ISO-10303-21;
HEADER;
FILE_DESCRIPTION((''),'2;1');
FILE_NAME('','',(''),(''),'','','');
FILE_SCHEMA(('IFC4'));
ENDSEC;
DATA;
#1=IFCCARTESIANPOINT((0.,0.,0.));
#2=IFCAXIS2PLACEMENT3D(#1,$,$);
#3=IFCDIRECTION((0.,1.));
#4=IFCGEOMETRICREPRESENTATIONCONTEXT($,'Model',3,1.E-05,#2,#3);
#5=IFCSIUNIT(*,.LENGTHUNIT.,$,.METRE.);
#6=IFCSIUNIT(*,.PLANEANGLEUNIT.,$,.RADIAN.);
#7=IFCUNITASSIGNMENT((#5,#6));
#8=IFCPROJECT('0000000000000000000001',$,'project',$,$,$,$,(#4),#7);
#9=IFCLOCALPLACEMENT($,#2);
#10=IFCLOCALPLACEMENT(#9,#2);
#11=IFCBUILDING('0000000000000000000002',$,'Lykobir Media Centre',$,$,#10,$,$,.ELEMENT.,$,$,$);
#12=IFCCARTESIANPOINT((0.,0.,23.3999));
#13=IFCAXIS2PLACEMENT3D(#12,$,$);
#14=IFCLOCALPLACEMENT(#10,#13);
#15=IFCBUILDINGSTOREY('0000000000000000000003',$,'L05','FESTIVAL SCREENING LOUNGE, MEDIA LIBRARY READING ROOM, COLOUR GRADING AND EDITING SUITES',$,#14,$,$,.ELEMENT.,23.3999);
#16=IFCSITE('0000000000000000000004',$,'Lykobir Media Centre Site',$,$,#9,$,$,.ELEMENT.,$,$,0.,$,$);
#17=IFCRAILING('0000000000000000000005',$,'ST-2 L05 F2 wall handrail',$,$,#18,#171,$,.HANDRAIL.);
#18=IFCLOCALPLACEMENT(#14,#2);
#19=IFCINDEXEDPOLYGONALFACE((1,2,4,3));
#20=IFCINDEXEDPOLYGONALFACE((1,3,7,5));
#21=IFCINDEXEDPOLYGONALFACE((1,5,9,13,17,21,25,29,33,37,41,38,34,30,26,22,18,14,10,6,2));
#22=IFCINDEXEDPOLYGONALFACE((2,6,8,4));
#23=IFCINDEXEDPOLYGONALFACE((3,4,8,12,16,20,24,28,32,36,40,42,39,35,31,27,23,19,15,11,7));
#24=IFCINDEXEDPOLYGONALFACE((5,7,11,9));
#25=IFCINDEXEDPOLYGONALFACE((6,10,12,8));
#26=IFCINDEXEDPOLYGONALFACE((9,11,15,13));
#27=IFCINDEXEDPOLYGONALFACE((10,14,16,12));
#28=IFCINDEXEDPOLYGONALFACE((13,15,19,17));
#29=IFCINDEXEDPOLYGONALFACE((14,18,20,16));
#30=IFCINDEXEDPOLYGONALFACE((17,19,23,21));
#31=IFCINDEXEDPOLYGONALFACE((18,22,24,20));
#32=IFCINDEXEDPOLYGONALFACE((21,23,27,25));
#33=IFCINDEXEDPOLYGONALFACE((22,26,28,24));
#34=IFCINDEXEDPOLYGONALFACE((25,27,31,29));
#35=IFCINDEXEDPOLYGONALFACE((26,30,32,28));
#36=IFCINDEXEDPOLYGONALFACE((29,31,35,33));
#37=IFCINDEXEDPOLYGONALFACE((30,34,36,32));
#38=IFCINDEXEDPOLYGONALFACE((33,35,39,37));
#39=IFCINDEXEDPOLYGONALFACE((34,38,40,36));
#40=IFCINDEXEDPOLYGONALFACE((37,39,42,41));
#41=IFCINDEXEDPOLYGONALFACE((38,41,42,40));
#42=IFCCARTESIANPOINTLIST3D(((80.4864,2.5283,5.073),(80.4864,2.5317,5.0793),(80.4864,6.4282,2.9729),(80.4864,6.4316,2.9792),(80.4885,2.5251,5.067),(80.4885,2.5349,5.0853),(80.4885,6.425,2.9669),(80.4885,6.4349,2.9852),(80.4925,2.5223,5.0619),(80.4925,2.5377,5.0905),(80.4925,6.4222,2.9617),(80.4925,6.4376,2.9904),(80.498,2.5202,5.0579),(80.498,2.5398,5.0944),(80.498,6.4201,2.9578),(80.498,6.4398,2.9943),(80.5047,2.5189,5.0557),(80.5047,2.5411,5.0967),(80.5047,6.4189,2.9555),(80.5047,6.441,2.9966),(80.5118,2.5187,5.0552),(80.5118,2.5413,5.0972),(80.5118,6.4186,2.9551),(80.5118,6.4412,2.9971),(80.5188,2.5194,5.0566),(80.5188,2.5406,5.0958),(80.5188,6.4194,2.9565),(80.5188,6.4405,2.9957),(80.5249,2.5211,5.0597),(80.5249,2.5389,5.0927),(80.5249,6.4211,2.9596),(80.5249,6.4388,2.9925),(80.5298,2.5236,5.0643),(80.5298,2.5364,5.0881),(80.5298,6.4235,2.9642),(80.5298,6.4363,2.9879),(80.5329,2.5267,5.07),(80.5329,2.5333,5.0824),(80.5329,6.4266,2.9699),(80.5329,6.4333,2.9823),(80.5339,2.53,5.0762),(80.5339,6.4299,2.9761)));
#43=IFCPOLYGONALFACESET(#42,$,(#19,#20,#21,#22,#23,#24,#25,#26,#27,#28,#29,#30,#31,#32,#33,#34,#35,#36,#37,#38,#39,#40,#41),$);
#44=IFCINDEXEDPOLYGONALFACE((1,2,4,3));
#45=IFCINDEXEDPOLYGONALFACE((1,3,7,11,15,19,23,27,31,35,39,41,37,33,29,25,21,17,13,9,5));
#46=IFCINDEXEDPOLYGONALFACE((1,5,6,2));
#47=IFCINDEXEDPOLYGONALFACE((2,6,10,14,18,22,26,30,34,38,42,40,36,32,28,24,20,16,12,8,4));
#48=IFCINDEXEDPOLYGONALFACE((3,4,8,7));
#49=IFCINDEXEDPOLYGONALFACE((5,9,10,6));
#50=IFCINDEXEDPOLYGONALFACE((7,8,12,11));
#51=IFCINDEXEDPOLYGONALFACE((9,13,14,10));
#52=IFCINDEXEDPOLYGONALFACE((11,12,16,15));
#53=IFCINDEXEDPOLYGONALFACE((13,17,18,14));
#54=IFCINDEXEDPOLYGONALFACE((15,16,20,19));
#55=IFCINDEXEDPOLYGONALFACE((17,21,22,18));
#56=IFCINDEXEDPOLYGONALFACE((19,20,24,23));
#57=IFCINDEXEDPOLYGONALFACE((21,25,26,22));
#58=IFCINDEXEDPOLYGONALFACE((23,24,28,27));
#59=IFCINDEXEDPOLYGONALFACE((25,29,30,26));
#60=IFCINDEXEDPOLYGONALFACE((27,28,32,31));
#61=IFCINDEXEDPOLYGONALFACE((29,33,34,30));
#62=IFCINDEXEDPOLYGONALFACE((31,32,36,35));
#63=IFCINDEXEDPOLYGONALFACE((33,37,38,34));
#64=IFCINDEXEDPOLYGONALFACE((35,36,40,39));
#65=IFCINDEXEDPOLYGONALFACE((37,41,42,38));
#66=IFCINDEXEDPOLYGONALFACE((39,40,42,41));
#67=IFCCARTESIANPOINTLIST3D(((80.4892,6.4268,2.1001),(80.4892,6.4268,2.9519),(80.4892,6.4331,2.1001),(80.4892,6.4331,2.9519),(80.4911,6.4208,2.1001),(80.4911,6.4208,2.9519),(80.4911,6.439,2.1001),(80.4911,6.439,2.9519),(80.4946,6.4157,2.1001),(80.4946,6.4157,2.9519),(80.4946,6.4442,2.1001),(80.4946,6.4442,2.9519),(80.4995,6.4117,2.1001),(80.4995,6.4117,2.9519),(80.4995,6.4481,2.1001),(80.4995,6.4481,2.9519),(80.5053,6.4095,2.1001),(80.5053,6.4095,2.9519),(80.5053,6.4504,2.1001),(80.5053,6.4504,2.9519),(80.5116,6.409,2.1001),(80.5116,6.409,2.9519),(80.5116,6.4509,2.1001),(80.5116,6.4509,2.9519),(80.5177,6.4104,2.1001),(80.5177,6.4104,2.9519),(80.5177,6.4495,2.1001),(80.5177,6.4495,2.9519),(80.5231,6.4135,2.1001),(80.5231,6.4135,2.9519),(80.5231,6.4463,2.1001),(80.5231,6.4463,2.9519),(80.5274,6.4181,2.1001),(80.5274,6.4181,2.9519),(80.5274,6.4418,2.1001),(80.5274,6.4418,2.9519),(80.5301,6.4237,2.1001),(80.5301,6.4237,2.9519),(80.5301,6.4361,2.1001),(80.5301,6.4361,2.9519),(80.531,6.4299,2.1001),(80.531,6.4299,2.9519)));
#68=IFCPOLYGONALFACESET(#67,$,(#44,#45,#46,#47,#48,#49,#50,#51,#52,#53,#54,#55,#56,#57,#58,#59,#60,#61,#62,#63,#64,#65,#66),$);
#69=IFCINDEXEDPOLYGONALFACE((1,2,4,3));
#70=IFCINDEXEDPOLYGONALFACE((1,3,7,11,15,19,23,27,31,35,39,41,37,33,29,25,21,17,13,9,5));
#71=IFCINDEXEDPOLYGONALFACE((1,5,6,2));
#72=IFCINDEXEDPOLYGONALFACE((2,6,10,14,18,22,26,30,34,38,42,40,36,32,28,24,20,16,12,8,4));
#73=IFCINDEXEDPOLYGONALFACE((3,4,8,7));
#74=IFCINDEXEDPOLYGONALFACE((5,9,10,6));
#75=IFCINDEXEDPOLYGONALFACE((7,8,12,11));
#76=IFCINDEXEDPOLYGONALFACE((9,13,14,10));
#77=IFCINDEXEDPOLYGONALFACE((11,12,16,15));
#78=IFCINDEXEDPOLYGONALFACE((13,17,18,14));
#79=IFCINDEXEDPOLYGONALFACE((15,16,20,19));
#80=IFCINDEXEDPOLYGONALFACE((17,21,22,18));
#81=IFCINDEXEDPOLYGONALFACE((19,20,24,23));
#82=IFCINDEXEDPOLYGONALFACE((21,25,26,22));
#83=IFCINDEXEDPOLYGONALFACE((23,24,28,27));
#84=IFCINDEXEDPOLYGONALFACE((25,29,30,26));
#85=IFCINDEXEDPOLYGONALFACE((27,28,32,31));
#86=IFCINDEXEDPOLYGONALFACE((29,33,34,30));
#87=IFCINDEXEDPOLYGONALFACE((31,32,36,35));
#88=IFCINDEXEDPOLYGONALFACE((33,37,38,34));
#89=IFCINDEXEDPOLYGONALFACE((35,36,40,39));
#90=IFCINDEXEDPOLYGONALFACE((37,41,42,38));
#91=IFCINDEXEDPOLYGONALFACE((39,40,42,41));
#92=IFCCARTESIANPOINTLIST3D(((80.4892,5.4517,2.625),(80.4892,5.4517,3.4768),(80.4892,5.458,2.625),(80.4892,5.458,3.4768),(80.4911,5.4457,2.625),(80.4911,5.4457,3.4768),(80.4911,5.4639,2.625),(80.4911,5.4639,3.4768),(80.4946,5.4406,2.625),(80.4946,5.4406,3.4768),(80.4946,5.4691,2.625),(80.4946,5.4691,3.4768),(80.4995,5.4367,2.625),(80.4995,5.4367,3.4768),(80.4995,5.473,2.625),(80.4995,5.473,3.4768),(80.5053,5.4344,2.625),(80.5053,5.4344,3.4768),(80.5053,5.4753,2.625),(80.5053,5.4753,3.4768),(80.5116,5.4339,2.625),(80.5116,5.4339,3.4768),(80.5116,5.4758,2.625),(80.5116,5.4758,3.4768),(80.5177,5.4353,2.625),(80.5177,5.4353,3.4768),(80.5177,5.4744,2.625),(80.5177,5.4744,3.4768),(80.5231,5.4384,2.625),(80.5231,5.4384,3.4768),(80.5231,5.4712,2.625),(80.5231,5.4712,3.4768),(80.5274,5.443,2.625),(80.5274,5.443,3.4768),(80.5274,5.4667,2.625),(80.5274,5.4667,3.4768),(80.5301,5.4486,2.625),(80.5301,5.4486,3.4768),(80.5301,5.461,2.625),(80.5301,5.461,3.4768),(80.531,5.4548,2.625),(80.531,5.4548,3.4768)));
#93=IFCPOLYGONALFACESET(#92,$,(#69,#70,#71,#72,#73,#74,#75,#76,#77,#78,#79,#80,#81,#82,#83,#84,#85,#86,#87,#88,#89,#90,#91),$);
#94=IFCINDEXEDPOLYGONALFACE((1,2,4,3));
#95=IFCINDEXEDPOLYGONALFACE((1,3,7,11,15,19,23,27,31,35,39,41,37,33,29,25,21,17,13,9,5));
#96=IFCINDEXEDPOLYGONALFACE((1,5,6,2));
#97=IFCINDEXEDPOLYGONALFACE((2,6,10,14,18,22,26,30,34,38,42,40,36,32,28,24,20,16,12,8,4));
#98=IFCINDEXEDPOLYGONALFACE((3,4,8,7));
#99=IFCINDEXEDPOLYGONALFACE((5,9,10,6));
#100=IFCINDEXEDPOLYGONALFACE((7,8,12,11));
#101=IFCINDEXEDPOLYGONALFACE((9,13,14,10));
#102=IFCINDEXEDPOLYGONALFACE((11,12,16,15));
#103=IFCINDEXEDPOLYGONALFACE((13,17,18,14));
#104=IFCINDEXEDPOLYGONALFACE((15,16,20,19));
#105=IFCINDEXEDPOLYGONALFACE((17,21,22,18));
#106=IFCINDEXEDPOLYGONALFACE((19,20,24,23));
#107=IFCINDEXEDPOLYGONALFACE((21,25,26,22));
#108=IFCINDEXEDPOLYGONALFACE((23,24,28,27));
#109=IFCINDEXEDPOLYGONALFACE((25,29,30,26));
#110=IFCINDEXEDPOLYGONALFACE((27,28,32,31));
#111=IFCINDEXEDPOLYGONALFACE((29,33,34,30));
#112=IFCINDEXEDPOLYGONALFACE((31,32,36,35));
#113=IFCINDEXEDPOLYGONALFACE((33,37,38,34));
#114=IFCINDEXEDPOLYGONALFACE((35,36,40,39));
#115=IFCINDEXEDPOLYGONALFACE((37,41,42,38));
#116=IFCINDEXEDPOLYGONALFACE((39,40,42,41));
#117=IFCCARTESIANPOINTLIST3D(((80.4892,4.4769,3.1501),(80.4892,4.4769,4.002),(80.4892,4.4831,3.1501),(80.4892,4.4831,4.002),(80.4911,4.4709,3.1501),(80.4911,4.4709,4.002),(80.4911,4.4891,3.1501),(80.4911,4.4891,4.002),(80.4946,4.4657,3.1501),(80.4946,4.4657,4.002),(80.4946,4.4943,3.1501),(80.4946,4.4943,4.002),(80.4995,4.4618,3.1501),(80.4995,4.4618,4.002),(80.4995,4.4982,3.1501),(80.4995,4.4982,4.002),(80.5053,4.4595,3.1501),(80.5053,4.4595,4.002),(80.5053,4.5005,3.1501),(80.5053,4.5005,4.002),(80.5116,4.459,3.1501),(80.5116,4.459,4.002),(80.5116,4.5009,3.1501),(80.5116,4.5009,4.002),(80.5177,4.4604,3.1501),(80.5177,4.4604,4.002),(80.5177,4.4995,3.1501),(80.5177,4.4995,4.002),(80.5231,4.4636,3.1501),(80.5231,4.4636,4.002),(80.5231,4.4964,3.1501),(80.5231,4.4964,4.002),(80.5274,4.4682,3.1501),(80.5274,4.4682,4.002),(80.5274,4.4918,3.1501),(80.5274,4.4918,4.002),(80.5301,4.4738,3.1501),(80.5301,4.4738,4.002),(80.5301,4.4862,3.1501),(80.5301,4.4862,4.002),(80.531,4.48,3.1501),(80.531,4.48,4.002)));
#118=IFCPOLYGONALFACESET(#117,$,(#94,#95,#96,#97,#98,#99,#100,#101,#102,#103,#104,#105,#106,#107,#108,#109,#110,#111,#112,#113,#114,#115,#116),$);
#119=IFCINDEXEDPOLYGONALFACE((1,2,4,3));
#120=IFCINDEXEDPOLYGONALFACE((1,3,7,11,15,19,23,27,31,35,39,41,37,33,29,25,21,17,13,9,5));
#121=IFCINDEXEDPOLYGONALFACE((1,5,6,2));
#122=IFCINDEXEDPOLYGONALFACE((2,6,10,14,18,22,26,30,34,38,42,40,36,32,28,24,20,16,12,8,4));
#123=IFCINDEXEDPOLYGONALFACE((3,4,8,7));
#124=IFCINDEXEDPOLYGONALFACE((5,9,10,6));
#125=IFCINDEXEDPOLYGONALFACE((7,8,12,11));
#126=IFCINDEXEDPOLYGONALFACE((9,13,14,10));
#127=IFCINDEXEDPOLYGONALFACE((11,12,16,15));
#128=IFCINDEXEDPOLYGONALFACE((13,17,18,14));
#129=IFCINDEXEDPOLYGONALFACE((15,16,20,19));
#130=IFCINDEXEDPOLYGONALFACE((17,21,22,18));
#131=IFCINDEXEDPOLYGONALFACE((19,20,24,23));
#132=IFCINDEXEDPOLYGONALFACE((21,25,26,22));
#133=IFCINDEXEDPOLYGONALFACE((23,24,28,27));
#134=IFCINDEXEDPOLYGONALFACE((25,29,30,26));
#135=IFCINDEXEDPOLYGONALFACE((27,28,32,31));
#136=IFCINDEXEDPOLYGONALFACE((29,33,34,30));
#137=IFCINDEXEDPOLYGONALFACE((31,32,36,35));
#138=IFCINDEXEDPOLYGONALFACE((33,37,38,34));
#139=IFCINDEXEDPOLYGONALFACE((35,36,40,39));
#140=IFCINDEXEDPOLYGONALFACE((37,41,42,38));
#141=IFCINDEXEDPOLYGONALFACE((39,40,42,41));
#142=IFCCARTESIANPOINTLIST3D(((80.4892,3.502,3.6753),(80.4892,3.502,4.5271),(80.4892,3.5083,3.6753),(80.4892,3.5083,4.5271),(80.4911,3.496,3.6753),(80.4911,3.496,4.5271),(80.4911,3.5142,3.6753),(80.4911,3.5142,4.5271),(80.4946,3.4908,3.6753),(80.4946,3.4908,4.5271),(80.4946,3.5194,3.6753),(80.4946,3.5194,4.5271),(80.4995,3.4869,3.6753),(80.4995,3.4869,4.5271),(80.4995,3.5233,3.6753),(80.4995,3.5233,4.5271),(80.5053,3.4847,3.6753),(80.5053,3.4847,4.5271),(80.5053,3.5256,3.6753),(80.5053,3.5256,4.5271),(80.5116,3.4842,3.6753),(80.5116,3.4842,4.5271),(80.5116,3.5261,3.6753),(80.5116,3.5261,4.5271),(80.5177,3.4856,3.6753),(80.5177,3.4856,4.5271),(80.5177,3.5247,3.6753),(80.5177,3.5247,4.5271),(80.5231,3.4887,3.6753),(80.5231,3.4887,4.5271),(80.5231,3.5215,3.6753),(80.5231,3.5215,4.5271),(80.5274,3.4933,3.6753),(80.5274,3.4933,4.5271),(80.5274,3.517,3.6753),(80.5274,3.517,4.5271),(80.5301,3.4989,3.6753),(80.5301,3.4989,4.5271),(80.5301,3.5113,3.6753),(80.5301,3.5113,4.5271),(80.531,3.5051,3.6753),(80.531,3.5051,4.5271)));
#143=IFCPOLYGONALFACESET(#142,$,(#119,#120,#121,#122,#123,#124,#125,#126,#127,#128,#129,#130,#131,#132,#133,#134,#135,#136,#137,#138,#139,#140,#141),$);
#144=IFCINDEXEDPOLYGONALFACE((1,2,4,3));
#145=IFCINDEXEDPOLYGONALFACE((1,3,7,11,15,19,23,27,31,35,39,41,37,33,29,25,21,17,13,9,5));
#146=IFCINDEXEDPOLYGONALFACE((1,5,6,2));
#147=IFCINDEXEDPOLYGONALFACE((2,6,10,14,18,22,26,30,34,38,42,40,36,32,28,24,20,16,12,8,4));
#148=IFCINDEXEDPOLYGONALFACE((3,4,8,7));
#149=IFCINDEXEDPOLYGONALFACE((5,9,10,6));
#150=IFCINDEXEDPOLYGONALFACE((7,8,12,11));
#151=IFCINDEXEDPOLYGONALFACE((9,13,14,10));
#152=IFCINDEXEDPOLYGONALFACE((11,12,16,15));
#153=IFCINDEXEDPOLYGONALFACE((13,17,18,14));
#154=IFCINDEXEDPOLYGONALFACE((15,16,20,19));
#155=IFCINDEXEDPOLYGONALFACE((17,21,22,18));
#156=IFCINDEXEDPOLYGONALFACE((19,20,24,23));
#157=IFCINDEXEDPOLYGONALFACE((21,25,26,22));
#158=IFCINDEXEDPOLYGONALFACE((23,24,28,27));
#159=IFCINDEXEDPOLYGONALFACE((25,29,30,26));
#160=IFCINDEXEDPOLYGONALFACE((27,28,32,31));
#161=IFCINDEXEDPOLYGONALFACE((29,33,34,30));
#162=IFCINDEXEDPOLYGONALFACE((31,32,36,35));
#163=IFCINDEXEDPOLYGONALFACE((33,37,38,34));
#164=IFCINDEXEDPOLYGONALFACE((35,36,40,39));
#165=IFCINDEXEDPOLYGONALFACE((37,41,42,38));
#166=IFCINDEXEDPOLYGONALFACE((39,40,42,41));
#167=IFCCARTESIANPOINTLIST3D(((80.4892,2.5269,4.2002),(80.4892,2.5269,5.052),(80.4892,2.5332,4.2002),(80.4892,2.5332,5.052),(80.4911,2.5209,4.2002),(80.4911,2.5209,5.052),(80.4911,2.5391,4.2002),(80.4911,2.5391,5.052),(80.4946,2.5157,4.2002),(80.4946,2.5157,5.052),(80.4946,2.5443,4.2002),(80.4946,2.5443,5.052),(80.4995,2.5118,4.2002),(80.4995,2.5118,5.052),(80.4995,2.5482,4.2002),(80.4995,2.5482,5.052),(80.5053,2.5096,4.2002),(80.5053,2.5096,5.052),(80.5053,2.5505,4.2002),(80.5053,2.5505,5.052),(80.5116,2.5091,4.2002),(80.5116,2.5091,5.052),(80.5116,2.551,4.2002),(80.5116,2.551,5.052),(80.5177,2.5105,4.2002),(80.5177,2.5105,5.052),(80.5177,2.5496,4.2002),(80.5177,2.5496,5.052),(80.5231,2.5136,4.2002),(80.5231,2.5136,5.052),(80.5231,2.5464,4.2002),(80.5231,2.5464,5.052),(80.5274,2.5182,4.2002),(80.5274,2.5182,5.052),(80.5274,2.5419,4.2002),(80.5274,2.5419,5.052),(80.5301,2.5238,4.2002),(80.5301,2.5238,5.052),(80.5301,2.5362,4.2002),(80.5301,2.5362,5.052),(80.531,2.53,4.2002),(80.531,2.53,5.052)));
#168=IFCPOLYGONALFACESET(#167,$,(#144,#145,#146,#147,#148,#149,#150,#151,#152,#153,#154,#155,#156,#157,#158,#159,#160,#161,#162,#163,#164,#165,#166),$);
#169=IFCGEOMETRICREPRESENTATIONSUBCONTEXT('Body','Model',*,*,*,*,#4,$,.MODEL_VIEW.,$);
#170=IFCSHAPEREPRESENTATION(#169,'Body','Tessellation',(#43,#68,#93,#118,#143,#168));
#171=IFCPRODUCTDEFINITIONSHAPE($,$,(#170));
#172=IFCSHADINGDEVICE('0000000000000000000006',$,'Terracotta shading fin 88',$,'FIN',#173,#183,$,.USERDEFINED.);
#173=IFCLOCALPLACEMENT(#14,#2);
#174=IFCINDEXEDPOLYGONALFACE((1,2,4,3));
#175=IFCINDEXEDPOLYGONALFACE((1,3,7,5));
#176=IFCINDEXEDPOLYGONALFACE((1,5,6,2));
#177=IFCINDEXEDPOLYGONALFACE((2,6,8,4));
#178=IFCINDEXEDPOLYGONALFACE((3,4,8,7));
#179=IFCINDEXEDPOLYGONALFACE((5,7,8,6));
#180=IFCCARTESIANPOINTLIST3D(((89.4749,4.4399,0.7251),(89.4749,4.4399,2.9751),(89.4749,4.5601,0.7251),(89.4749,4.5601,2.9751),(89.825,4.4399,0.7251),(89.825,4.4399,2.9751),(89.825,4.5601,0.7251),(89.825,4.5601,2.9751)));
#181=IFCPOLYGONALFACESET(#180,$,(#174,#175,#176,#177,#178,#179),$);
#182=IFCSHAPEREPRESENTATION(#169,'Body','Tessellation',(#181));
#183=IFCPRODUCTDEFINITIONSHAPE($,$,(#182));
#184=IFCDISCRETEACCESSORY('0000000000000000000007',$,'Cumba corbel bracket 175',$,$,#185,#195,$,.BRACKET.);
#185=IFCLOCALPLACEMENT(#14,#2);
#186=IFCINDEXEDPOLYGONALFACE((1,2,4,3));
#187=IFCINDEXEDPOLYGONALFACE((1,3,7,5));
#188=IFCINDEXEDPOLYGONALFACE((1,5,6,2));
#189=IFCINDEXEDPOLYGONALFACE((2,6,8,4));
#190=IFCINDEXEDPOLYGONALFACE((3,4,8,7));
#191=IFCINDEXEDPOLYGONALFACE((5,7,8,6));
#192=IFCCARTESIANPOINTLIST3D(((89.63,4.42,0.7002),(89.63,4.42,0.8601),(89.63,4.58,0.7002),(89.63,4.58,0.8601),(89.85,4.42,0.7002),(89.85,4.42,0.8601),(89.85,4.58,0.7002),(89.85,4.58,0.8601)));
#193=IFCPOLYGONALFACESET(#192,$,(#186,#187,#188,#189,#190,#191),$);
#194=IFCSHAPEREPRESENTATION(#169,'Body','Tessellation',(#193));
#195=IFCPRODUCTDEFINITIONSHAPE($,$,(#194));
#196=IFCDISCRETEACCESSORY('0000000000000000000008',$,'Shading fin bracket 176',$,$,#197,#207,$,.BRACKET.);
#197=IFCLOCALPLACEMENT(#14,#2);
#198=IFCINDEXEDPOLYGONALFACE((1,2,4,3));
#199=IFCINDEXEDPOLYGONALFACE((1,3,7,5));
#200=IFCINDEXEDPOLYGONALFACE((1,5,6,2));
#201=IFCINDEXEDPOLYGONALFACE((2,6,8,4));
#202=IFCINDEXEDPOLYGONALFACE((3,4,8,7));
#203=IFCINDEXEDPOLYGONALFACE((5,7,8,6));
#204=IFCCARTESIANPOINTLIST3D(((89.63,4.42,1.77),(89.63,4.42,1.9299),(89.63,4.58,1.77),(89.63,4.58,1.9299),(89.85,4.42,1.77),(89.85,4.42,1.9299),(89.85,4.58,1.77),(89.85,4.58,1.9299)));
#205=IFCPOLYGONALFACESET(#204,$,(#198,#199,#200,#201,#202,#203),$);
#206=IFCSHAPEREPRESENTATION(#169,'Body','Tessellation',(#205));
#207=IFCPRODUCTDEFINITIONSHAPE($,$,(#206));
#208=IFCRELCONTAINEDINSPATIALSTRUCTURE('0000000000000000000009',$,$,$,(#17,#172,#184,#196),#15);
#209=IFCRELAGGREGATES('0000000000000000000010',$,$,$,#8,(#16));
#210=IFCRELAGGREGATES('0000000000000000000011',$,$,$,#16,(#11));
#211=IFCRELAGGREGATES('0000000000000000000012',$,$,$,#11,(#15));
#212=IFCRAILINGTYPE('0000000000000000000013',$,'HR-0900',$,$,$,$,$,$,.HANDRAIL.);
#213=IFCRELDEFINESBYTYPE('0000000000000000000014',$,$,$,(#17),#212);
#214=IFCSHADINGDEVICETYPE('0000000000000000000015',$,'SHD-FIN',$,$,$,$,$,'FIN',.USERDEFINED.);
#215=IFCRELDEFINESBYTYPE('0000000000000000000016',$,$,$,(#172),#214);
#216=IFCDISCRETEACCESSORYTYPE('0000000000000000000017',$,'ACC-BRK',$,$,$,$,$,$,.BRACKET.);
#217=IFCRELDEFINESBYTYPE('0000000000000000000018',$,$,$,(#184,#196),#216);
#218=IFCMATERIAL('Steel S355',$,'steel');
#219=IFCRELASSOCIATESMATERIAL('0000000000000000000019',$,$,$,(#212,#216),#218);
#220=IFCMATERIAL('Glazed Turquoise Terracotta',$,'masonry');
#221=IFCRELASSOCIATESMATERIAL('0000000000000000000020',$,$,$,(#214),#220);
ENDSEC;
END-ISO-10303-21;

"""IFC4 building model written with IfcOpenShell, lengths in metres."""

from ifc_helpers import new_model, si_unit, direction, frame, origin, origin_2d, place, context, subcontext, project, spatial, rectangle, circle, extrude, material, type_object, element, save


model = new_model("IFC4")

# Units and contexts
model_context = context("Model", 3, precision=1e-05, world=origin(), true_north=direction((0.0, 1.0)))
body_context = subcontext(model_context, "Body", "Model", "MODEL_VIEW")
ifc_project = project(units=[si_unit("LENGTHUNIT", "METRE"), si_unit("PLANEANGLEUNIT", "RADIAN")], contexts=[model_context])

# Site, building, storey
site_placement = place(None, origin())
site = spatial("IfcSite", under=ifc_project, at=site_placement, Name="Lykobir Media Centre Site", CompositionType="ELEMENT", RefElevation=0.0)
building_placement = place(site_placement, origin())
building = spatial("IfcBuilding", under=site, at=building_placement, Name="Lykobir Media Centre", CompositionType="ELEMENT")
storey_placement = place(building_placement, frame((0.0, 0.0, 23.3999)))
storey = spatial("IfcBuildingStorey", under=building, at=storey_placement, Name="L05", Description="FESTIVAL SCREENING LOUNGE, MEDIA LIBRARY READING ROOM, COLOUR GRADING AND EDITING SUITES", CompositionType="ELEMENT", Elevation=23.3999)

# Shared definitions
ifc_material_1 = material(Name="Steel S355", Category="steel")

# Shared definitions
ifc_material_2 = material(Name="Glazed Turquoise Terracotta", Category="masonry")

# Railing
railing_type_1 = type_object("IfcRailingType", Name="HR-0900", PredefinedType="HANDRAIL", material=ifc_material_1)
railing_1_placement = place(storey_placement, frame((80.51, 6.4299, 2.1001)))
element("IfcRailing", 1, at=railing_1_placement, inside=storey, type_object=railing_type_1, Name="ST-2 L05 F2 wall handrail", PredefinedType="HANDRAIL", context=body_context, shape_type="SweptSolid", body=[
    extrude(circle(Radius=0.0239, at=origin_2d()), frame((0.0, 0.0, 0.876), z_axis=(0.0, -0.880457, 0.474126), x_axis=(1.0, 0.0, 0.0)), (0.0, 0.0, 1.0), 4.4294),
    extrude(circle(Radius=0.021, at=origin_2d()), origin(), (0.0, 0.0, 1.0), 0.8518),
    extrude(circle(Radius=0.021, at=origin_2d()), frame((0.0, -0.9751, 0.5249)), (0.0, 0.0, 1.0), 0.8518),
    extrude(circle(Radius=0.021, at=origin_2d()), frame((0.0, -1.95, 1.05)), (0.0, 0.0, 1.0), 0.8518),
    extrude(circle(Radius=0.021, at=origin_2d()), frame((0.0, -2.9248, 1.5752)), (0.0, 0.0, 1.0), 0.8518),
    extrude(circle(Radius=0.021, at=origin_2d()), frame((0.0, -3.8999, 2.1001)), (0.0, 0.0, 1.0), 0.8518),
])

# Shading device
shading_device_type = type_object("IfcShadingDeviceType", Name="SHD-FIN", ElementType="FIN", PredefinedType="USERDEFINED", material=ifc_material_2)
shading_device_placement = place(storey_placement, frame((89.6499, 4.5, 0.7251), z_axis=(0.0, 0.0, 1.0), x_axis=(0.0, -1.0, 0.0)))
element("IfcShadingDevice", 2, at=shading_device_placement, inside=storey, type_object=shading_device_type, Name="Terracotta shading fin 88", ObjectType="FIN", PredefinedType="USERDEFINED", context=body_context, shape_type="SweptSolid", body=[
    extrude(rectangle(XDim=0.1201, YDim=0.3501, at=origin_2d()), origin(), (0.0, 0.0, 1.0), 2.25),
])

# Discrete accessories
discrete_accessory_type = type_object("IfcDiscreteAccessoryType", Name="ACC-BRK", PredefinedType="BRACKET", material=ifc_material_1)
for number, where, z_axis, x_axis, name in (
    (3, (89.74, 4.5, 0.7002), (0.0, 0.0, 1.0), (0.0, -1.0, 0.0), "Cumba corbel bracket 175"),
    (4, (89.74, 4.5, 1.77), (0.0, 0.0, 1.0), (0.0, -1.0, 0.0), "Shading fin bracket 176"),
):
    element("IfcDiscreteAccessory", number, at=place(storey_placement, frame(where, z_axis=z_axis, x_axis=x_axis)), inside=storey, type_object=discrete_accessory_type, Name=name, PredefinedType="BRACKET", context=body_context, shape_type="SweptSolid", body=[
        extrude(rectangle(XDim=0.1599, YDim=0.22, at=origin_2d()), origin(), (0.0, 0.0, 1.0), 0.1599),
    ])

save(model, "model.ifc")
